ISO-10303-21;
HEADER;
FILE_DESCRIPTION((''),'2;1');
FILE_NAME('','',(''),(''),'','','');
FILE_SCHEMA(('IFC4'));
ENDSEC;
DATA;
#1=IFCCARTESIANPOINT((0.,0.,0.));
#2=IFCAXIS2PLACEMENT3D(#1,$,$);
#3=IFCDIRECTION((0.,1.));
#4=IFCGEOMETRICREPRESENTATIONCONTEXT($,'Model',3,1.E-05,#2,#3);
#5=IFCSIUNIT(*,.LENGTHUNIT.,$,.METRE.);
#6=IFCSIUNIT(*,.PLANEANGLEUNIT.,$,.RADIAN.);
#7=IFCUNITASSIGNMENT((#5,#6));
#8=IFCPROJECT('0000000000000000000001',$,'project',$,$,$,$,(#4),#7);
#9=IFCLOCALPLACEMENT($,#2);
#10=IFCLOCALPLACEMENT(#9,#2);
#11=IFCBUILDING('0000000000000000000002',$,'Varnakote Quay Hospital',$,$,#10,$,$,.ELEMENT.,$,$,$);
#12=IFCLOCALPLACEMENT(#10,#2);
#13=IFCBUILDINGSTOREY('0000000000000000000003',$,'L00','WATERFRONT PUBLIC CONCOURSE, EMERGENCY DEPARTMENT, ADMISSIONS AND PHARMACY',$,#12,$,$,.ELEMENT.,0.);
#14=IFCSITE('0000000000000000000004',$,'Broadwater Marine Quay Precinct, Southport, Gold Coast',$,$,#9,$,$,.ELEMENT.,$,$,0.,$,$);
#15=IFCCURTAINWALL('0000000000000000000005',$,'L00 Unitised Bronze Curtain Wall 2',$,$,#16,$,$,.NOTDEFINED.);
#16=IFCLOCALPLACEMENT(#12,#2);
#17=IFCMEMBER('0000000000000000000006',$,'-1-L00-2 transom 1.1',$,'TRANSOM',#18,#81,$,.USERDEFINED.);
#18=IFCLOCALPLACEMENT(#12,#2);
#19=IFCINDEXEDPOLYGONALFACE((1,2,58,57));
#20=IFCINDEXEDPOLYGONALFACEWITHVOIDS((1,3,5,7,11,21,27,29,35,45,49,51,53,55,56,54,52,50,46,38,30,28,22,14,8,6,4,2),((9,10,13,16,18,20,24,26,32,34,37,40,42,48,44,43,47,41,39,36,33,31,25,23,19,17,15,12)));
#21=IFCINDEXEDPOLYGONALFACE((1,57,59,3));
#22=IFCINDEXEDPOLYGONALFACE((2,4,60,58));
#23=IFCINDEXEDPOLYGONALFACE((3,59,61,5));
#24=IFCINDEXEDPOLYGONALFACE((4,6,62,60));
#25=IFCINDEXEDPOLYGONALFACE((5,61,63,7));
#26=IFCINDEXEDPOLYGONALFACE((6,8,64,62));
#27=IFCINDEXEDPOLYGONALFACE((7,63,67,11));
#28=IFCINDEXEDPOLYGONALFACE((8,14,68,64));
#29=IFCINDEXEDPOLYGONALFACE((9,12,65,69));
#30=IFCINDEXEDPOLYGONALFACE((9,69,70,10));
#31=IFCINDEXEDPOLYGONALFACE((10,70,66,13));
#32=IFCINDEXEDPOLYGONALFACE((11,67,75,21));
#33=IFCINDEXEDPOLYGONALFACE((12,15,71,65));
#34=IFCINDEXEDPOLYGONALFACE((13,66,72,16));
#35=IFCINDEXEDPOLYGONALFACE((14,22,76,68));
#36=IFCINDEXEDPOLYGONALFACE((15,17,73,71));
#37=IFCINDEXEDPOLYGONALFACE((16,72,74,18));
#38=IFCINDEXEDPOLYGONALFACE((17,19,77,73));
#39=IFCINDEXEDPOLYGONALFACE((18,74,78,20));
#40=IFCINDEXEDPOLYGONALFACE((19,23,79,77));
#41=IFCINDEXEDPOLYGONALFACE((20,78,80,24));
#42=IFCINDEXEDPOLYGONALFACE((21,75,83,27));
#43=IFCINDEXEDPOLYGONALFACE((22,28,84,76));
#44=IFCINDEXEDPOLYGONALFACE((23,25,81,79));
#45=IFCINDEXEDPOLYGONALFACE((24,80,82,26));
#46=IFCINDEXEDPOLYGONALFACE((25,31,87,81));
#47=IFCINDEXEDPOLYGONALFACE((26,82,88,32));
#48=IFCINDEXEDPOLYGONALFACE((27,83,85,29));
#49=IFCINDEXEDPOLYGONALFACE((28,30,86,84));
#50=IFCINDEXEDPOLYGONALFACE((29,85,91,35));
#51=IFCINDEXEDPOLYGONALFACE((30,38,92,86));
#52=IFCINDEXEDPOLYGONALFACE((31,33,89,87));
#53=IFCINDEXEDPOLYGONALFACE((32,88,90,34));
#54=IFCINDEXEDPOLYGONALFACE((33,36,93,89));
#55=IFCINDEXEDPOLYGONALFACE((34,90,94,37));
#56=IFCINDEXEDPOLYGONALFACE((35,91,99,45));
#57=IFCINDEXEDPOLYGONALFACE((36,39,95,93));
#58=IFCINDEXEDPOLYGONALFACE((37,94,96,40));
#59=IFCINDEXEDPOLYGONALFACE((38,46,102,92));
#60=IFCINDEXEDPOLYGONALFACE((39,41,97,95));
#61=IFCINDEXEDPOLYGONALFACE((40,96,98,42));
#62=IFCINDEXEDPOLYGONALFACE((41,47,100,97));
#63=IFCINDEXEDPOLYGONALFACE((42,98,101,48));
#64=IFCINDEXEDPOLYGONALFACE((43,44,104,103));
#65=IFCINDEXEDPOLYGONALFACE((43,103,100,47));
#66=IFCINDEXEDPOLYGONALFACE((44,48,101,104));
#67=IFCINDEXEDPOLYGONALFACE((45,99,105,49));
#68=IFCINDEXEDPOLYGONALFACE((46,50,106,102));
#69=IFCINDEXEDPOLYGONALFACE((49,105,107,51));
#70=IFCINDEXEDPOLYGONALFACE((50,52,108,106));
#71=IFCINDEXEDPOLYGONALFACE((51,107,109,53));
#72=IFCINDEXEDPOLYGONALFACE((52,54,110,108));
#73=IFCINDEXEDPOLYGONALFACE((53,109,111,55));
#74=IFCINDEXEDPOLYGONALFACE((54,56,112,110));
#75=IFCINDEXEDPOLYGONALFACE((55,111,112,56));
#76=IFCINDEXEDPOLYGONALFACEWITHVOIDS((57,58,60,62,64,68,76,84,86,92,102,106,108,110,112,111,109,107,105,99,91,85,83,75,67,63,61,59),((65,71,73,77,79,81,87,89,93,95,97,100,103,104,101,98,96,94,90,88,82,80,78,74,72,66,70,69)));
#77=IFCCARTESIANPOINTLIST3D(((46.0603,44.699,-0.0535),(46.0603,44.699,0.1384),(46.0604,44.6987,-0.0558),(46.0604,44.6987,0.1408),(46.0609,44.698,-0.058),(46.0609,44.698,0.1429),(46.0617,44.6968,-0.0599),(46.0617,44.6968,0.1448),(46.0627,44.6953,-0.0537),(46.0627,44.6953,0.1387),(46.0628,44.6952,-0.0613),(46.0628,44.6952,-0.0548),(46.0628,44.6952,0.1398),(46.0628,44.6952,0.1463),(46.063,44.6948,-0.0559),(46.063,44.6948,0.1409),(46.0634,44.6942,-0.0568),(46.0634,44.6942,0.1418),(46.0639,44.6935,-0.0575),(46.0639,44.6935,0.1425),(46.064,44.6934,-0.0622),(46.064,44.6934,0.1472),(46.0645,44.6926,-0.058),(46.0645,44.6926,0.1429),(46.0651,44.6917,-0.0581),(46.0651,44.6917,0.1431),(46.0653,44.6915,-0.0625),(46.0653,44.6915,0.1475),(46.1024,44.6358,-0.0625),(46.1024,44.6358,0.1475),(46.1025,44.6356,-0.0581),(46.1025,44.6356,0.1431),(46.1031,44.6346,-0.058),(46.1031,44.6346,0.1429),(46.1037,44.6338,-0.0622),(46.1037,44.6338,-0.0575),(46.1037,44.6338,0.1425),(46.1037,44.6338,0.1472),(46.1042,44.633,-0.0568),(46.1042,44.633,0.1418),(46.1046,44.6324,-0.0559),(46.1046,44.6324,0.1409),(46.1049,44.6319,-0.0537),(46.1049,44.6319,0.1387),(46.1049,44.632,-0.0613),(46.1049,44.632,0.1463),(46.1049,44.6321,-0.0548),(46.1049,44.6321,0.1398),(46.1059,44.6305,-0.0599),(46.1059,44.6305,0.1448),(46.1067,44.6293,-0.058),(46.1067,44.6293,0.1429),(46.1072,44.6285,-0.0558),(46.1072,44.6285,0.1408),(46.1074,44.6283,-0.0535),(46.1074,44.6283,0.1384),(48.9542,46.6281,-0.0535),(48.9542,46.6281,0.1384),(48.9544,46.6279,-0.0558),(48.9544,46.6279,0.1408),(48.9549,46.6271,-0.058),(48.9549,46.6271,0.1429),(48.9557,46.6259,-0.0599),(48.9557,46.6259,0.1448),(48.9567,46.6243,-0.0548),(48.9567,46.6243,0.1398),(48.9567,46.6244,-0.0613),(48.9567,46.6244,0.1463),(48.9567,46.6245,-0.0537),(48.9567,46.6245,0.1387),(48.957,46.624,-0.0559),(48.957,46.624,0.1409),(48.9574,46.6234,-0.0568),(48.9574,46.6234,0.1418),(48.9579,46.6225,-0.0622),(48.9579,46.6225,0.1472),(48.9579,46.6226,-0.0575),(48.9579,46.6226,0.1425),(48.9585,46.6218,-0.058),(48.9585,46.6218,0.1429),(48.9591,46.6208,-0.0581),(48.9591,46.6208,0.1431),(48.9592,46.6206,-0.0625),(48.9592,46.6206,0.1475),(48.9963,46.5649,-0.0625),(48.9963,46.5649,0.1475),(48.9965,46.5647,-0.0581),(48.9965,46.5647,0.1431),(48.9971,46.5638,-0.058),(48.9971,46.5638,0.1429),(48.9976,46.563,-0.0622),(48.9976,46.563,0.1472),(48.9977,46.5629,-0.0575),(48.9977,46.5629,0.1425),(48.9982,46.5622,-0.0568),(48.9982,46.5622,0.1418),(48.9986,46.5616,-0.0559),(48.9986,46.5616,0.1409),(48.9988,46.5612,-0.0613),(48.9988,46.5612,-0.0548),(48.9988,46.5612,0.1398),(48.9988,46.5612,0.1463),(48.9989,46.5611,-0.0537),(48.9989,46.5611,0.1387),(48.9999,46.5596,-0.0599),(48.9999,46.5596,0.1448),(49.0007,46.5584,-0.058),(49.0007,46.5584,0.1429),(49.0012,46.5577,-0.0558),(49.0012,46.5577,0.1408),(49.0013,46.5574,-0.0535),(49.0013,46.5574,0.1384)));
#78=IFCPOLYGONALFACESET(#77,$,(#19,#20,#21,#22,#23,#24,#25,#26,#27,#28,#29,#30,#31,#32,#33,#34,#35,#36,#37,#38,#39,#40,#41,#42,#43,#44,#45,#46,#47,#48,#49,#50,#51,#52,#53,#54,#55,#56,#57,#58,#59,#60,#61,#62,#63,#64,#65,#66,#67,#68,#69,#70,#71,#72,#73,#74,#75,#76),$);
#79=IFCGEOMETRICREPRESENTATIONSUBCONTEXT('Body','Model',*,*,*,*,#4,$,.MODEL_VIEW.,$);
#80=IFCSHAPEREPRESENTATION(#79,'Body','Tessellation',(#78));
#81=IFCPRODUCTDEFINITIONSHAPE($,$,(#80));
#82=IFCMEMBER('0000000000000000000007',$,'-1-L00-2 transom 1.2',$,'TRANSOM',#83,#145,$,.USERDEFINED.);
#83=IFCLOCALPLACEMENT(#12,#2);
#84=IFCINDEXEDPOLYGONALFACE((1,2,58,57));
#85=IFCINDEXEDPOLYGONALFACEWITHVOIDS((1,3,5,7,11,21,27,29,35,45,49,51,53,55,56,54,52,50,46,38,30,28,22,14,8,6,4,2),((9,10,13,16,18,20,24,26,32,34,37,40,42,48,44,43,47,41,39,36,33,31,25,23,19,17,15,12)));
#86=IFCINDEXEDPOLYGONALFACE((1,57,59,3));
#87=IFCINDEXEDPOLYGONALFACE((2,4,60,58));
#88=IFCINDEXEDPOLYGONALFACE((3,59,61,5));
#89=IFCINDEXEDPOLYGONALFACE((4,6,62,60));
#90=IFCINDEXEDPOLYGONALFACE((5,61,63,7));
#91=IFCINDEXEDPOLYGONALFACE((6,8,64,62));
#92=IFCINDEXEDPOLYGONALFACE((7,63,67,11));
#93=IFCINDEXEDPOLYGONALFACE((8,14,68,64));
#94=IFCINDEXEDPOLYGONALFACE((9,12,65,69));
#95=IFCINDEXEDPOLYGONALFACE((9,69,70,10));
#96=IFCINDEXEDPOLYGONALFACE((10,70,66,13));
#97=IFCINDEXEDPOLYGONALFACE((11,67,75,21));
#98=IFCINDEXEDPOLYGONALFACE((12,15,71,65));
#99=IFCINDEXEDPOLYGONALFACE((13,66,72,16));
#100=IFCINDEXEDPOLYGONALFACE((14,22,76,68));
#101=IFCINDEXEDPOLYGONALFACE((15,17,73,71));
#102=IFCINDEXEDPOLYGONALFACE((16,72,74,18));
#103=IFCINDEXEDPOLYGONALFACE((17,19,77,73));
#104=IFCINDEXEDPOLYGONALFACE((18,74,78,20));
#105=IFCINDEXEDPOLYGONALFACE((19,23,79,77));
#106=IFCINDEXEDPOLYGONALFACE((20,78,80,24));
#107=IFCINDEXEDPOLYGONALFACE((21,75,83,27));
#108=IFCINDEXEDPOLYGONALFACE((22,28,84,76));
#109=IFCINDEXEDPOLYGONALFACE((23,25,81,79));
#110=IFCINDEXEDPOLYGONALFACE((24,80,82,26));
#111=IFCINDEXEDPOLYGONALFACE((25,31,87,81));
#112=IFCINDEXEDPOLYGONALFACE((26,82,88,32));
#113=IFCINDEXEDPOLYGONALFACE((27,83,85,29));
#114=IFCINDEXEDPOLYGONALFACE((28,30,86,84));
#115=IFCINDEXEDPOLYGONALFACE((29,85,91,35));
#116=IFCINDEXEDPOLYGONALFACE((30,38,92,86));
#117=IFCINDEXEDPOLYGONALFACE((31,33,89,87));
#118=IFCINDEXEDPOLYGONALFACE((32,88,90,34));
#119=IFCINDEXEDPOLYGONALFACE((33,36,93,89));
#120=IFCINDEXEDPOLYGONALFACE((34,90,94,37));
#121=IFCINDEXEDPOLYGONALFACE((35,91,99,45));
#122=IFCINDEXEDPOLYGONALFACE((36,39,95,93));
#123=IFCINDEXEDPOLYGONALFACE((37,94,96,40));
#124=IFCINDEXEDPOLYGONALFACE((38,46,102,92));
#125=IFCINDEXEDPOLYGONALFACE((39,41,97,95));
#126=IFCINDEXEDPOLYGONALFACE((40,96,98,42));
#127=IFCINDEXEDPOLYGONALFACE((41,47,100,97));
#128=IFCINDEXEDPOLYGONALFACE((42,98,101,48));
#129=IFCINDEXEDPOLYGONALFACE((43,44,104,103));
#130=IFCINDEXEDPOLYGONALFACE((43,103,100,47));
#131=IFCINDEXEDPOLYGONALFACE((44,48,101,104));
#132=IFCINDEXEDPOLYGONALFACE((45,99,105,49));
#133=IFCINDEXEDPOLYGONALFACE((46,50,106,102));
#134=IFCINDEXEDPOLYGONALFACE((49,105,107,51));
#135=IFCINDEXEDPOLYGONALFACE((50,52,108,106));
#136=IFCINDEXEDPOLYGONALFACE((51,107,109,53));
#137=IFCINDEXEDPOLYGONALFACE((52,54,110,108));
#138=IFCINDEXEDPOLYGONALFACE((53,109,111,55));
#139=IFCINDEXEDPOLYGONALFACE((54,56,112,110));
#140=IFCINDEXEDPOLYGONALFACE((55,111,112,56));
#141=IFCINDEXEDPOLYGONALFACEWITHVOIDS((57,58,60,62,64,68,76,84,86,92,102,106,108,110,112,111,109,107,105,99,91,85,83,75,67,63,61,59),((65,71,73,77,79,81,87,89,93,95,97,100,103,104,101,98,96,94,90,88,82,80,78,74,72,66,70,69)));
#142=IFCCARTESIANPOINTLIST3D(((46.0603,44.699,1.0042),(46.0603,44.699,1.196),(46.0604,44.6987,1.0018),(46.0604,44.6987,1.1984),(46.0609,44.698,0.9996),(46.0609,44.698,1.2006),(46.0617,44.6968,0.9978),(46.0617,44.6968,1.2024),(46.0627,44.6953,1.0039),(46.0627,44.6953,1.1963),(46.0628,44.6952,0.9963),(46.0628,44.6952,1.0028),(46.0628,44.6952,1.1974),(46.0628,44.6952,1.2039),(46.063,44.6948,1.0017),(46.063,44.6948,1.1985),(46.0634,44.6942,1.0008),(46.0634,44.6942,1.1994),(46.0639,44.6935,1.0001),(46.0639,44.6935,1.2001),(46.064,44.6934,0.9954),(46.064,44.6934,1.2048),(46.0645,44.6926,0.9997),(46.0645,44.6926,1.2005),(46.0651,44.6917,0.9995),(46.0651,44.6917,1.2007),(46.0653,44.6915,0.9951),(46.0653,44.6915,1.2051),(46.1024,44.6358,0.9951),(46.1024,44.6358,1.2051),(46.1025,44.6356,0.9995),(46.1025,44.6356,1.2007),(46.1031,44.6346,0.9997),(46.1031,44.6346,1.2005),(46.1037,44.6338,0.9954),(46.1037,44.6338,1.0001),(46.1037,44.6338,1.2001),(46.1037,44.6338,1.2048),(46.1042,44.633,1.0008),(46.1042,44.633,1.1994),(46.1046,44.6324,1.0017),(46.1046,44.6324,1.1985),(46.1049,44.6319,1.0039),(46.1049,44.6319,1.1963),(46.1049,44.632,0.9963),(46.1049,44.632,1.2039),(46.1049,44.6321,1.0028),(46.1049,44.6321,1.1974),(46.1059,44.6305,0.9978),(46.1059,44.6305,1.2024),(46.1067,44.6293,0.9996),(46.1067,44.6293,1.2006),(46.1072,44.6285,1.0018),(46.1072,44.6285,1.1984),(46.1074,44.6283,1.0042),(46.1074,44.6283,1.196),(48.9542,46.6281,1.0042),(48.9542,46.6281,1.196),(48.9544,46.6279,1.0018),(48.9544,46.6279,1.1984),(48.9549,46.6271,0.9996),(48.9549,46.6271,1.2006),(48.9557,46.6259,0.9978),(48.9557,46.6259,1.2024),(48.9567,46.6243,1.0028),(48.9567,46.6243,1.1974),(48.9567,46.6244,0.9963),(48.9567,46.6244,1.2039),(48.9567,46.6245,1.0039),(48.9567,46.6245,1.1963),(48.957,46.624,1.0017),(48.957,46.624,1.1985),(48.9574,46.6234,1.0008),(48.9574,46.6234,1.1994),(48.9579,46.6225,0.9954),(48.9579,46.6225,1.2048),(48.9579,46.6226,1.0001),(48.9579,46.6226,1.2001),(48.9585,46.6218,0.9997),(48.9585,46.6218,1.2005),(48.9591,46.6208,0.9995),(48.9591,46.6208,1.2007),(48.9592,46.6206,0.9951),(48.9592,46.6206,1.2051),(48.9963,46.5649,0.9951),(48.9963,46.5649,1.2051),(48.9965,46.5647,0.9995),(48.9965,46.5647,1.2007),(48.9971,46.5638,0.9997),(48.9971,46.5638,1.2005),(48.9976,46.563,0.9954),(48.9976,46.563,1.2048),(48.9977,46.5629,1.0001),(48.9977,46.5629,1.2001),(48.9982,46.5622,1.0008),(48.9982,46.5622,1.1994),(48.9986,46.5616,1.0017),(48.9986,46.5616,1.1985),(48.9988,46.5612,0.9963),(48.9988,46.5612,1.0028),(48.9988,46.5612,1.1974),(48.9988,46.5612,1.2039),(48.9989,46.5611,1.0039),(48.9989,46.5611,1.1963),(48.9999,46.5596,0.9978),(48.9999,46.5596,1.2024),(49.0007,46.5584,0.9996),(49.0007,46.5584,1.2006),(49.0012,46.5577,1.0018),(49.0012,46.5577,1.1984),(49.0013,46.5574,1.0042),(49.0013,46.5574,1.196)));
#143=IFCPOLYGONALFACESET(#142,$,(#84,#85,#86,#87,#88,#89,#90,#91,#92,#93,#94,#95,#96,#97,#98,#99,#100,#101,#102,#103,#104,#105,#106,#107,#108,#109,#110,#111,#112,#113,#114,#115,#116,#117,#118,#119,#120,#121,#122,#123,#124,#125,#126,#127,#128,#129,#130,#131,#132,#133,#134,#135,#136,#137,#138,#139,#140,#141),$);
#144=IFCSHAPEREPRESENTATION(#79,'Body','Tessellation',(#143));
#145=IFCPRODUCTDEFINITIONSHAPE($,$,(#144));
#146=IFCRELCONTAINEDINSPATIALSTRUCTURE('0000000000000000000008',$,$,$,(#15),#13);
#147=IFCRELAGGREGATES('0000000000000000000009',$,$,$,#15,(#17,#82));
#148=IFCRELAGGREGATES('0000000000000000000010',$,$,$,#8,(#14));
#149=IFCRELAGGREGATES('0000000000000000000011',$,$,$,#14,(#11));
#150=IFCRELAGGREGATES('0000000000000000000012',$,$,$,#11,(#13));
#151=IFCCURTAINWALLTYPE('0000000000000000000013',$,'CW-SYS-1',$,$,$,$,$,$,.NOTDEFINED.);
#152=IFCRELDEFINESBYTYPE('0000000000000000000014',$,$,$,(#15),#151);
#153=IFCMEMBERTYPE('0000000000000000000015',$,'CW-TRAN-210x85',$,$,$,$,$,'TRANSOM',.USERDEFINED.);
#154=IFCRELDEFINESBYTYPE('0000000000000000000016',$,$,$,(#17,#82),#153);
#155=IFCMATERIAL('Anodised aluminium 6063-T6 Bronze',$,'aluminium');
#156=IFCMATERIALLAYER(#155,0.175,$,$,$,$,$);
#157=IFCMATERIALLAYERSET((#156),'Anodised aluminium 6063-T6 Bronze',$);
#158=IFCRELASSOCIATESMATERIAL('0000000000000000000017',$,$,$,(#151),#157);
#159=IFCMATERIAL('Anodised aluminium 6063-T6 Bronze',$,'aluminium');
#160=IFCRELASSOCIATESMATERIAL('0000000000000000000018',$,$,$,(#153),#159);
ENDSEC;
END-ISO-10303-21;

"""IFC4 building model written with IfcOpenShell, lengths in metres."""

from ifc_helpers import new_model, si_unit, direction, frame, origin, origin_2d, place, context, subcontext, project, spatial, hollow_rectangle, extrude, material, layer, layer_set, material_profile, profile_set, type_object, element, aggregate, save


model = new_model("IFC4")

# Units and contexts
model_context = context("Model", 3, precision=1e-05, world=origin(), true_north=direction((0.0, 1.0)))
body_context = subcontext(model_context, "Body", "Model", "MODEL_VIEW")
ifc_project = project(units=[si_unit("LENGTHUNIT", "METRE"), si_unit("PLANEANGLEUNIT", "RADIAN")], contexts=[model_context])

# Site, building, storey
site_placement = place(None, origin())
site = spatial("IfcSite", under=ifc_project, at=site_placement, Name="Broadwater Marine Quay Precinct, Southport, Gold Coast", CompositionType="ELEMENT", RefElevation=0.0)
building_placement = place(site_placement, origin())
building = spatial("IfcBuilding", under=site, at=building_placement, Name="Varnakote Quay Hospital", CompositionType="ELEMENT")
storey_placement = place(building_placement, origin())
storey = spatial("IfcBuildingStorey", under=building, at=storey_placement, Name="L00", Description="WATERFRONT PUBLIC CONCOURSE, EMERGENCY DEPARTMENT, ADMISSIONS AND PHARMACY", CompositionType="ELEMENT", Elevation=0.0)

# Curtain wall, members
ifc_material_1 = material(Name="Anodised aluminium 6063-T6 Bronze", Category="aluminium")
ifc_layer_1 = layer(ifc_material_1, 0.175)
ifc_layer_set_1 = layer_set([ifc_layer_1], Name="Anodised aluminium 6063-T6 Bronze")
curtain_wall_type = type_object("IfcCurtainWallType", Name="CW-SYS-1", PredefinedType="NOTDEFINED", material=ifc_layer_set_1)
curtain_wall_placement = place(storey_placement, origin())
curtain_wall = element("IfcCurtainWall", 1, at=curtain_wall_placement, inside=storey, type_object=curtain_wall_type, Name="L00 Unitised Bronze Curtain Wall 2", PredefinedType="NOTDEFINED")
ifc_material_2 = material(Name="Anodised aluminium 6063-T6 Bronze", Category="aluminium")
ifc_material_profile_1 = material_profile(ifc_material_2, hollow_rectangle(XDim=0.085, YDim=0.21, WallThickness=0.0044, InnerFilletRadius=0.0044, OuterFilletRadius=0.009, at=origin_2d()), Name="CW-TRAN-210x85")
ifc_profile_set_1 = profile_set([ifc_material_profile_1], Name="Anodised aluminium 6063-T6 Bronze")
member_type_1 = type_object("IfcMemberType", Name="CW-TRAN-210x85", ElementType="TRANSOM", PredefinedType="USERDEFINED", material=ifc_profile_set_1)
member_1_placement = place(storey_placement, frame((48.9778, 46.5928, 0.0425), z_axis=(-0.832072, -0.554668, 0.0), x_axis=(0.554668, -0.832072, 0.0)))
member_1 = element("IfcMember", 2, at=member_1_placement, type_object=member_type_1, Name="-1-L00-2 transom 1.1", ObjectType="TRANSOM", PredefinedType="USERDEFINED", context=body_context, shape_type="SweptSolid", body=[
    extrude(hollow_rectangle(XDim=0.085, YDim=0.21, WallThickness=0.0044, InnerFilletRadius=0.0044, OuterFilletRadius=0.009, at=origin_2d()), origin(), (0.0, 0.0, 1.0), 3.478),
])
member_2_placement = place(storey_placement, frame((48.9778, 46.5928, 1.1001), z_axis=(-0.832072, -0.554668, 0.0), x_axis=(0.554668, -0.832072, 0.0)))
member_2 = element("IfcMember", 3, at=member_2_placement, type_object=member_type_1, Name="-1-L00-2 transom 1.2", ObjectType="TRANSOM", PredefinedType="USERDEFINED", context=body_context, shape_type="SweptSolid", body=[
    extrude(hollow_rectangle(XDim=0.085, YDim=0.21, WallThickness=0.0044, InnerFilletRadius=0.0044, OuterFilletRadius=0.009, at=origin_2d()), origin(), (0.0, 0.0, 1.0), 3.478),
])

aggregate(curtain_wall, [member_1, member_2])

save(model, "model.ifc")
